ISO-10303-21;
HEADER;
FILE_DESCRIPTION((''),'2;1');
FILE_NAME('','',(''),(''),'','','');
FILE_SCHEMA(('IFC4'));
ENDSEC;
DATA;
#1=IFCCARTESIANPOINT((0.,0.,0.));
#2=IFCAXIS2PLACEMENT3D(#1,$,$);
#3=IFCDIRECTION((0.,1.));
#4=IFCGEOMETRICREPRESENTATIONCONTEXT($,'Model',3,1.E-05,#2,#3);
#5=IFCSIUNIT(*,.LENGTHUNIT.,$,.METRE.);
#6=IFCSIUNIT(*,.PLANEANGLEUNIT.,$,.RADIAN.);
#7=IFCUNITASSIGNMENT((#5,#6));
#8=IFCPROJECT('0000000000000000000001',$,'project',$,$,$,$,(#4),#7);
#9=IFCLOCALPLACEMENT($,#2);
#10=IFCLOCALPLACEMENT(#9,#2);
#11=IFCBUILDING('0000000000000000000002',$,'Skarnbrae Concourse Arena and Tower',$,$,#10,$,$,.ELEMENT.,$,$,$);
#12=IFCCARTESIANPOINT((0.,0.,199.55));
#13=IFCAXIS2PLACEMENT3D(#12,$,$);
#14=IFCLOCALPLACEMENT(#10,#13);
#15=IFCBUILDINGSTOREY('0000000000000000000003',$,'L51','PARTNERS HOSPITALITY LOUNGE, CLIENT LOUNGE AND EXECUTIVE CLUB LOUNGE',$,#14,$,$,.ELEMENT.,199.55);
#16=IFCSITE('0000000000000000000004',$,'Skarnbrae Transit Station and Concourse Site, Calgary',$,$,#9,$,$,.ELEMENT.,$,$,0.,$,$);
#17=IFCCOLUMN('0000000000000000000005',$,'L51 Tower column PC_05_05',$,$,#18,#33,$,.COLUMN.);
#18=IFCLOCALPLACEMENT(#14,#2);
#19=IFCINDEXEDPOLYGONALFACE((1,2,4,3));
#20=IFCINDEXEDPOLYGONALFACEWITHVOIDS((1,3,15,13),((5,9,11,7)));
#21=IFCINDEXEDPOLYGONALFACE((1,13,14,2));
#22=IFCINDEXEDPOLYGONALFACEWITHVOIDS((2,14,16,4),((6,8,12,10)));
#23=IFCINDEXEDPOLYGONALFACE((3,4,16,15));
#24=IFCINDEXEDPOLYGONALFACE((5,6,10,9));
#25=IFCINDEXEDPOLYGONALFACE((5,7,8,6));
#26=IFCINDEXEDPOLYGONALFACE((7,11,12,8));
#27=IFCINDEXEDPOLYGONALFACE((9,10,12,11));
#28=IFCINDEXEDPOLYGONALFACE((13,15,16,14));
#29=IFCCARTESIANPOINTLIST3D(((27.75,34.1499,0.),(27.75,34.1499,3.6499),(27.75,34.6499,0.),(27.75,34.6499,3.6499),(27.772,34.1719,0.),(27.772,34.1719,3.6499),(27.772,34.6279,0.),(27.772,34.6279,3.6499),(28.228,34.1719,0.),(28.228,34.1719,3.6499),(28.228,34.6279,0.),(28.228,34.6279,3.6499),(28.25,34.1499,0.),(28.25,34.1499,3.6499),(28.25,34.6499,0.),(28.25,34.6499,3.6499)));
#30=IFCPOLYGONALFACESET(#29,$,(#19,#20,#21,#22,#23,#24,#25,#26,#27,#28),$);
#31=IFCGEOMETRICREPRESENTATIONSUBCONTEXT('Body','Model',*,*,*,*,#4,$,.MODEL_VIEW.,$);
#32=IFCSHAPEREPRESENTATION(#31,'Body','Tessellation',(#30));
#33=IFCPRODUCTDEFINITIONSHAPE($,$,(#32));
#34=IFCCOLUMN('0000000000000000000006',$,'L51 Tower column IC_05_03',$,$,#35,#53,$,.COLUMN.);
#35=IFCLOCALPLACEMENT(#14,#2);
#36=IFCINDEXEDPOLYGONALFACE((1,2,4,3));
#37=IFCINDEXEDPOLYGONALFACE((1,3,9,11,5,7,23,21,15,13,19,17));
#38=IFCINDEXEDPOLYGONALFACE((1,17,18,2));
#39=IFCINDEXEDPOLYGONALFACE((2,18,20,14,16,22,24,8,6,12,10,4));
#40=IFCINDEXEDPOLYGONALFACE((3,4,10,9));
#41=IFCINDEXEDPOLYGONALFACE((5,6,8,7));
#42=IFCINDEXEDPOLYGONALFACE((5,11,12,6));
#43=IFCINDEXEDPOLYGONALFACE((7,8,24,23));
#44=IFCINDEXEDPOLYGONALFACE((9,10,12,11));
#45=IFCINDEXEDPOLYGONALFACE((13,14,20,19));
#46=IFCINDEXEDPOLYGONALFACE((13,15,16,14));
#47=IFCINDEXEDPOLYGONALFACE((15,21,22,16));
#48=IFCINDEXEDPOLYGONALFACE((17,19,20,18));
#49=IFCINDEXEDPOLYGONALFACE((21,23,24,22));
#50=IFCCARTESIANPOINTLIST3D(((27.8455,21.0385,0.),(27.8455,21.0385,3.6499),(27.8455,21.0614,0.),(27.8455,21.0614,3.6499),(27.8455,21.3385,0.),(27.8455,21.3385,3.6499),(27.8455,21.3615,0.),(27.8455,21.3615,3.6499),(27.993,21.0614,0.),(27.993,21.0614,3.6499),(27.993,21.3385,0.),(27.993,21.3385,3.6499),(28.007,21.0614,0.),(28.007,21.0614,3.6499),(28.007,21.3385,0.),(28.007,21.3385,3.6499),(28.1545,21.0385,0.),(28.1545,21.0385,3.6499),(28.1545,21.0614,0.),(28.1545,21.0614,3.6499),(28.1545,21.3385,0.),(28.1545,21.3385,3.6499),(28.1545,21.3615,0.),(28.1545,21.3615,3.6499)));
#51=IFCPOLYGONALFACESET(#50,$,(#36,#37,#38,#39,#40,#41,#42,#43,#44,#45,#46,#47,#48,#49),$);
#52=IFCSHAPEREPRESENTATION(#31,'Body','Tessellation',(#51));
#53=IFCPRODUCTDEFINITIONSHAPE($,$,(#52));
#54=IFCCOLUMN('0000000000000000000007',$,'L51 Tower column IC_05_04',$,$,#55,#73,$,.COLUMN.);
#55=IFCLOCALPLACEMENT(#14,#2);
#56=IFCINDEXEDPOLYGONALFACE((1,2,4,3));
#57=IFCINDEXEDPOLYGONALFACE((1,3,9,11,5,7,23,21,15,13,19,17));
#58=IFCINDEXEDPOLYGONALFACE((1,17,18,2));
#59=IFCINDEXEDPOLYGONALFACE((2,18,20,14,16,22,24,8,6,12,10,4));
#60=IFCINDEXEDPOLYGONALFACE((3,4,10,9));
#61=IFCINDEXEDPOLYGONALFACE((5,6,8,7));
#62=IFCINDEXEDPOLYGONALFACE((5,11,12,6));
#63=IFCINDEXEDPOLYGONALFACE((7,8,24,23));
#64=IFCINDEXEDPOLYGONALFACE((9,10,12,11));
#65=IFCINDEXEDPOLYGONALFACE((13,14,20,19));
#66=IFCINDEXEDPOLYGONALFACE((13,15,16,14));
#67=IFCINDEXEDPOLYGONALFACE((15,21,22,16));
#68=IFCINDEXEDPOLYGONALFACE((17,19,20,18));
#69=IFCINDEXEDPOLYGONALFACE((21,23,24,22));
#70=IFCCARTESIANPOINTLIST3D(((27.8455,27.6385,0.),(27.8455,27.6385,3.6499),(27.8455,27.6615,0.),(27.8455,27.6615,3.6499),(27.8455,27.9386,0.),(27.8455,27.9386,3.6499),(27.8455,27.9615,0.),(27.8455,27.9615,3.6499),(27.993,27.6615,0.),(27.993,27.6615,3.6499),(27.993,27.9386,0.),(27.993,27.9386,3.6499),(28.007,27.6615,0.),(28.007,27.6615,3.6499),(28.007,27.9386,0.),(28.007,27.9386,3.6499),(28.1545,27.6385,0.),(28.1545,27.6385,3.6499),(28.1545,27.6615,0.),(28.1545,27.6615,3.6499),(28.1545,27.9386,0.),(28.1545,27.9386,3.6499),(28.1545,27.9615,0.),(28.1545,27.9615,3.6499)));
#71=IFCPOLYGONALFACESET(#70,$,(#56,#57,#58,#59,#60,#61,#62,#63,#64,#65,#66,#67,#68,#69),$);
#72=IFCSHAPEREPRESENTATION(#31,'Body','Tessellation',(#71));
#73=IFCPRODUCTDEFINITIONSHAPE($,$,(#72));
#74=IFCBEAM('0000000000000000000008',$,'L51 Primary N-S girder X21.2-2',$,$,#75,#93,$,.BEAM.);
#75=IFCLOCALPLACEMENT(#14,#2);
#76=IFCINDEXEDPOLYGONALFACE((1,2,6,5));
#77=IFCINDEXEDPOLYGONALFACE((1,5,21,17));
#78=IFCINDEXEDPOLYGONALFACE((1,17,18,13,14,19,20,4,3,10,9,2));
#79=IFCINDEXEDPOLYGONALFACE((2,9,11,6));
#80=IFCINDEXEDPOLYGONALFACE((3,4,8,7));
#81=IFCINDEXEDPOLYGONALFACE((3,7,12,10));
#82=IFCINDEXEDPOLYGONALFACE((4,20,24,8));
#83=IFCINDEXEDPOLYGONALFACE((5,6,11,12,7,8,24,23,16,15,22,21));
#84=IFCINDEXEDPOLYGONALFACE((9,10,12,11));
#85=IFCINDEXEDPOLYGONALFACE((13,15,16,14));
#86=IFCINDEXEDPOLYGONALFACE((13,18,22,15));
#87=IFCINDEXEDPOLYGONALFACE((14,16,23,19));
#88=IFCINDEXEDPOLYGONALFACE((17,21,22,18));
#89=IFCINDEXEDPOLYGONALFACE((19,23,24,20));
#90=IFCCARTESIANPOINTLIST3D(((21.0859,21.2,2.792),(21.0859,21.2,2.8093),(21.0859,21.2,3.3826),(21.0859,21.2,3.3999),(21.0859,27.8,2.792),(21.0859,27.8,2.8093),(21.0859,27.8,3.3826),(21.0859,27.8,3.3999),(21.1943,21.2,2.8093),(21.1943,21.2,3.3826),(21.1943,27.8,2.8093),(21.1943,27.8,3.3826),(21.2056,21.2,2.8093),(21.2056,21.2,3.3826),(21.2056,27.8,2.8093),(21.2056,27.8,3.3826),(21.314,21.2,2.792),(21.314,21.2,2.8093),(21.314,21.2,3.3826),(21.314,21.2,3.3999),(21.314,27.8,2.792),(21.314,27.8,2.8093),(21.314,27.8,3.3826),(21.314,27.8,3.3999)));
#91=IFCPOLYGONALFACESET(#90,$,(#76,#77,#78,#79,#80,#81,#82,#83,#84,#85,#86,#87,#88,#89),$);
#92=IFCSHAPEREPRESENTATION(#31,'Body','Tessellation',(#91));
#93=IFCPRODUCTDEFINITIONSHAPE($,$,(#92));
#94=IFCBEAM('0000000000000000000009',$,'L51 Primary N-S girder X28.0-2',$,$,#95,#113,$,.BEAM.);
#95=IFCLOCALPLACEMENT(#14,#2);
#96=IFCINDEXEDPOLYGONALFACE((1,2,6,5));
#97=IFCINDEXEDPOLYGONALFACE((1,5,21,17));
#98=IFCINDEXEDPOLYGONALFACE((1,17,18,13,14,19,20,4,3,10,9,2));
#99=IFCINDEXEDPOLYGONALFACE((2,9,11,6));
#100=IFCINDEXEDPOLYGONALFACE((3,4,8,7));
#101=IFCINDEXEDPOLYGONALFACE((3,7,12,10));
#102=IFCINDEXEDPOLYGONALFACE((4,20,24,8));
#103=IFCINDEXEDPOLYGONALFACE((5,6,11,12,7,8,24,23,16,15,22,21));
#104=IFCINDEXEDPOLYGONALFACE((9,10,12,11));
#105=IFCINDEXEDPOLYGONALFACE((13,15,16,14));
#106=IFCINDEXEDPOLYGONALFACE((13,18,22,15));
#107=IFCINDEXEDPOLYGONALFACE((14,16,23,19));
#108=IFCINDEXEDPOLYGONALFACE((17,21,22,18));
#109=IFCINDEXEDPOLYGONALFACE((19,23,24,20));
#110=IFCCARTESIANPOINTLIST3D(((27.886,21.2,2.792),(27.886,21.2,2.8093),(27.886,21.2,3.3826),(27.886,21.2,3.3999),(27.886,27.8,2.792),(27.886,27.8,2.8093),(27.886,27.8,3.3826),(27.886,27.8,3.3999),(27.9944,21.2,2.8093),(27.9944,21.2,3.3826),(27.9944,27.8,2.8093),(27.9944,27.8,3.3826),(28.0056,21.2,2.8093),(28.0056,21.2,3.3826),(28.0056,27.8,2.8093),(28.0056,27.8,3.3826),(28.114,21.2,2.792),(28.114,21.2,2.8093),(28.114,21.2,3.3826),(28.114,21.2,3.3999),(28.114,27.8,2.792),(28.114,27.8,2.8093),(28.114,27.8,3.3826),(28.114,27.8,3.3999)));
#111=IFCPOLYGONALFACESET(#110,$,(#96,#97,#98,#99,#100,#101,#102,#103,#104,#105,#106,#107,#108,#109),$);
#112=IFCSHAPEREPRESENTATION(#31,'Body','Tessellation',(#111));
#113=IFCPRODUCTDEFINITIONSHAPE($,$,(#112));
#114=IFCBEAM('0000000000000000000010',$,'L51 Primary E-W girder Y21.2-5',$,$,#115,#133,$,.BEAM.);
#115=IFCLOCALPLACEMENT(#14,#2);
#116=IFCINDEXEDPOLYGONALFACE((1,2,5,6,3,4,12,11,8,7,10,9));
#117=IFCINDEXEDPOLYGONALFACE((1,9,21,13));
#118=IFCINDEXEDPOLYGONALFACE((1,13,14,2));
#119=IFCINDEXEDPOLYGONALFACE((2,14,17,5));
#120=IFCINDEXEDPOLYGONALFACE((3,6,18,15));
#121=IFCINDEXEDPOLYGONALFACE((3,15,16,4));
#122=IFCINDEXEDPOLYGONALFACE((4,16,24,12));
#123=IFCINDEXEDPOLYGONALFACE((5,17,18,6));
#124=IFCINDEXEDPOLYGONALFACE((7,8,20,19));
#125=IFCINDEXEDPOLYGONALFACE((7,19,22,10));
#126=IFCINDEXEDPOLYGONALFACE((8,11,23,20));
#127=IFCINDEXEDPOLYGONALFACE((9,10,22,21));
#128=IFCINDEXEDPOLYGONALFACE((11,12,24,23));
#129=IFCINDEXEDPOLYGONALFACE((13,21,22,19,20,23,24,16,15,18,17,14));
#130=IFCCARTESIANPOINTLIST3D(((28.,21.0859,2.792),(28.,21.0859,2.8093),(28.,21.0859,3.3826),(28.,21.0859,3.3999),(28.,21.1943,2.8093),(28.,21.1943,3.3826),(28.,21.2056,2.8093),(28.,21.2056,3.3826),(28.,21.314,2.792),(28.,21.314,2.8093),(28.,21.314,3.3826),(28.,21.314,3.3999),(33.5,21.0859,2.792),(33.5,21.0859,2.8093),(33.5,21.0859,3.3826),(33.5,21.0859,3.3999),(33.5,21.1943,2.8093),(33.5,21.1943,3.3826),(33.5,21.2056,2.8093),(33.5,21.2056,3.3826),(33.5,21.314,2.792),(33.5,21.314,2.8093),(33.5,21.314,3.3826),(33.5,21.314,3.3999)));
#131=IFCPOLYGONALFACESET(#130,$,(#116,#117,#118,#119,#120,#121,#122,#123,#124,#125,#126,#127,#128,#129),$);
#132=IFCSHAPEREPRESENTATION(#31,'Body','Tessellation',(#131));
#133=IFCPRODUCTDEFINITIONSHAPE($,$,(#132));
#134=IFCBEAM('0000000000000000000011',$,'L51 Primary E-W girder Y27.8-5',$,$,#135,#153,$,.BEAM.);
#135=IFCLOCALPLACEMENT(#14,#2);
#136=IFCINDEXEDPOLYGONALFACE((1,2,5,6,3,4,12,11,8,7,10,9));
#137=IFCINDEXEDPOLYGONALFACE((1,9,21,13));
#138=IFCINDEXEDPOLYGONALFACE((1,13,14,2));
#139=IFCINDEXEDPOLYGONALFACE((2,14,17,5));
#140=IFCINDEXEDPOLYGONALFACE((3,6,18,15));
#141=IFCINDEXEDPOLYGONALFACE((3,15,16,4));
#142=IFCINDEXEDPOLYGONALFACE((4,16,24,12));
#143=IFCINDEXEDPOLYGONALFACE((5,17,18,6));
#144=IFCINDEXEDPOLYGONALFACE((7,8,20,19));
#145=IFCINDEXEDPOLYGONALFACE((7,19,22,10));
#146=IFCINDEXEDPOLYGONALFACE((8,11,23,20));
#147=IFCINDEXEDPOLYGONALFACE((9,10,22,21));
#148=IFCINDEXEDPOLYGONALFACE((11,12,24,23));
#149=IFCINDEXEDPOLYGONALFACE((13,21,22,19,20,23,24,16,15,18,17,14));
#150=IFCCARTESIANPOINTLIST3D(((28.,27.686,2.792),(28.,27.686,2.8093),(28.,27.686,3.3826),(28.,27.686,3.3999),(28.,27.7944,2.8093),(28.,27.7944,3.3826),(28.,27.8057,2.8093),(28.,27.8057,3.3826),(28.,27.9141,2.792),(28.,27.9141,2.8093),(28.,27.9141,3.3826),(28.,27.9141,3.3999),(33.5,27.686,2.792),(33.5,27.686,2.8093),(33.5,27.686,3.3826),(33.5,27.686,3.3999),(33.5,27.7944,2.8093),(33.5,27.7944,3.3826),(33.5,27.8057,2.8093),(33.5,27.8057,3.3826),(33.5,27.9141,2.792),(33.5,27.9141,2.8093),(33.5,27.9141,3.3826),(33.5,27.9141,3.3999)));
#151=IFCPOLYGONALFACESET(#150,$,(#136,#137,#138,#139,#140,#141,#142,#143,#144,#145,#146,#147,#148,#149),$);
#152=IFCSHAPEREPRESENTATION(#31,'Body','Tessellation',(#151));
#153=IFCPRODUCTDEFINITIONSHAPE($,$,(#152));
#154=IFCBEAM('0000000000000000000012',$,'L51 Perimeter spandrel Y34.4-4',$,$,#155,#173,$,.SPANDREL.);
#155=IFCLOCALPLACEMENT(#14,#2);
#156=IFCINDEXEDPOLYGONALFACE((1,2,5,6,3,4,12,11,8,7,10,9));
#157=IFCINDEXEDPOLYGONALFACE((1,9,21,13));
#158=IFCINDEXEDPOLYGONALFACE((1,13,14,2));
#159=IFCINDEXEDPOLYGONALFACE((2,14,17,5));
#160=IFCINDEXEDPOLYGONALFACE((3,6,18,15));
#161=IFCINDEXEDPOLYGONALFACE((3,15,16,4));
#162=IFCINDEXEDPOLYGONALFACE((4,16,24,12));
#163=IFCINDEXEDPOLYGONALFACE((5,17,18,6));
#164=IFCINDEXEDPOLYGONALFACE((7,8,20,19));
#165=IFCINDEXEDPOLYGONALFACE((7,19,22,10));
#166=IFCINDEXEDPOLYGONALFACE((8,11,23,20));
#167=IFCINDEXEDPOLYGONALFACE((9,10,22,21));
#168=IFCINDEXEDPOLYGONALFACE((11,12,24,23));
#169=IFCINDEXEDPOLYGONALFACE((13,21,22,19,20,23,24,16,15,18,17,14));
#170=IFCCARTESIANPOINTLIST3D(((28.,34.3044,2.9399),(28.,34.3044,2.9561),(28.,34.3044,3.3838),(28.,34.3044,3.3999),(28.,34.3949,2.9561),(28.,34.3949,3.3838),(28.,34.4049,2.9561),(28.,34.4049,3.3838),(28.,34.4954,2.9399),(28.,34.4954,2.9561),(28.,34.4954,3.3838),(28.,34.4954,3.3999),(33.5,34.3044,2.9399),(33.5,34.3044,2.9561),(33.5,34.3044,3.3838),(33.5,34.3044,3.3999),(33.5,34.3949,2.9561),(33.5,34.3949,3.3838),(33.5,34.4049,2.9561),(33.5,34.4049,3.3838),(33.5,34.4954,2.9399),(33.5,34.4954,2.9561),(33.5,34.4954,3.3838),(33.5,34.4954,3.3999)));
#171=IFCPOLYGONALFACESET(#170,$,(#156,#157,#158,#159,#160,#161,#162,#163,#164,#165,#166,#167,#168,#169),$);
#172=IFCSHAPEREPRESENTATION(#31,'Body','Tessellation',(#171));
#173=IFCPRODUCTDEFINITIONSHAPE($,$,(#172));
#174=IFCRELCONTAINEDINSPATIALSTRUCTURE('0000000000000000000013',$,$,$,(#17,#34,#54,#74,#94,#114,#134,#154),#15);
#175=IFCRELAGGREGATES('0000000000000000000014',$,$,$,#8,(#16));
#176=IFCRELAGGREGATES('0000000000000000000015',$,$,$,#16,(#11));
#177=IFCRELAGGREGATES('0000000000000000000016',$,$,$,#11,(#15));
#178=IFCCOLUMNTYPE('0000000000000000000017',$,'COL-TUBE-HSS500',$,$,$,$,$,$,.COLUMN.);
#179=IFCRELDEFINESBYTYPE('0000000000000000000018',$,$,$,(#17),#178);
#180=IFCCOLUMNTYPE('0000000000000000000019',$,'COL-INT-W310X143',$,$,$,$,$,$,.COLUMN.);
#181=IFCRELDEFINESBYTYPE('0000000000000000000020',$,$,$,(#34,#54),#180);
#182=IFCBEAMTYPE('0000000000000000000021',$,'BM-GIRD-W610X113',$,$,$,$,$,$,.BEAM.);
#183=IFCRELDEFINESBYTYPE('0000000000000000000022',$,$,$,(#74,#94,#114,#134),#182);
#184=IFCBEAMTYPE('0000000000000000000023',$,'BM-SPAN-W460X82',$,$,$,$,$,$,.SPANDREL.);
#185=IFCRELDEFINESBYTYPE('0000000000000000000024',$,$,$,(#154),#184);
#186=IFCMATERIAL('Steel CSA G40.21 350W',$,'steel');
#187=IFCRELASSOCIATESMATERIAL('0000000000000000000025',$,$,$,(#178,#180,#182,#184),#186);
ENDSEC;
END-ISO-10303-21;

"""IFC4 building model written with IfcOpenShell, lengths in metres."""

from ifc_helpers import new_model, si_unit, direction, frame, origin, origin_2d, place, context, subcontext, project, spatial, hollow_rectangle, i_section, extrude, source, transform, mapped, material, material_profile, profile_set, type_object, element, save


model = new_model("IFC4")

# Units and contexts
model_context = context("Model", 3, precision=1e-05, world=origin(), true_north=direction((0.0, 1.0)))
body_context = subcontext(model_context, "Body", "Model", "MODEL_VIEW")
ifc_project = project(units=[si_unit("LENGTHUNIT", "METRE"), si_unit("PLANEANGLEUNIT", "RADIAN")], contexts=[model_context])

# Site, building, storey
site_placement = place(None, origin())
site = spatial("IfcSite", under=ifc_project, at=site_placement, Name="Skarnbrae Transit Station and Concourse Site, Calgary", CompositionType="ELEMENT", RefElevation=0.0)
building_placement = place(site_placement, origin())
building = spatial("IfcBuilding", under=site, at=building_placement, Name="Skarnbrae Concourse Arena and Tower", CompositionType="ELEMENT")
storey_placement = place(building_placement, frame((0.0, 0.0, 199.55)))
storey = spatial("IfcBuildingStorey", under=building, at=storey_placement, Name="L51", Description="PARTNERS HOSPITALITY LOUNGE, CLIENT LOUNGE AND EXECUTIVE CLUB LOUNGE", CompositionType="ELEMENT", Elevation=199.55)

# Columns
ifc_material_1 = material(Name="Steel CSA G40.21 350W", Category="steel")
ifc_material_profile_1 = material_profile(ifc_material_1, hollow_rectangle(XDim=0.5, YDim=0.5, WallThickness=0.022, at=origin_2d()), Name="HSS500X500X22.0")
ifc_profile_set_1 = profile_set([ifc_material_profile_1], Name="Steel CSA G40.21 350W")
column_type_1 = type_object("IfcColumnType", Name="COL-TUBE-HSS500", PredefinedType="COLUMN", material=ifc_profile_set_1)
shared_shape_1 = source(origin(), body_context, "Body", "SweptSolid", [
    extrude(hollow_rectangle(XDim=0.5, YDim=0.5, WallThickness=0.022, at=origin_2d()), origin(), (0.0, 0.0, 1.0), 3.6499),
])
column_placement = place(storey_placement, frame((28.0, 34.3999, 0.0), z_axis=(0.0, 0.0, 1.0), x_axis=(1.0, 0.0, 0.0)))
element("IfcColumn", 1, at=column_placement, inside=storey, type_object=column_type_1, Name="L51 Tower column PC_05_05", PredefinedType="COLUMN", context=body_context, shape_type="MappedRepresentation", body=[
    mapped(shared_shape_1, transform((0.0, 0.0, 0.0))),
])
ifc_material_profile_2 = material_profile(ifc_material_1, i_section(OverallWidth=0.3091, OverallDepth=0.323, WebThickness=0.0139, FlangeThickness=0.0229, at=origin_2d()), Name="W310X143")
ifc_profile_set_2 = profile_set([ifc_material_profile_2], Name="Steel CSA G40.21 350W")
column_type_2 = type_object("IfcColumnType", Name="COL-INT-W310X143", PredefinedType="COLUMN", material=ifc_profile_set_2)
shared_shape_2 = source(origin(), body_context, "Body", "SweptSolid", [
    extrude(i_section(OverallWidth=0.3091, OverallDepth=0.323, WebThickness=0.0139, FlangeThickness=0.0229, at=origin_2d()), origin(), (0.0, 0.0, 1.0), 3.6499),
])
for number, where, z_axis, x_axis, name in (
    (2, (28.0, 21.2, 0.0), (0.0, 0.0, 1.0), (1.0, 0.0, 0.0), "L51 Tower column IC_05_03"),
    (3, (28.0, 27.8, 0.0), (0.0, 0.0, 1.0), (1.0, 0.0, 0.0), "L51 Tower column IC_05_04"),
):
    element("IfcColumn", number, at=place(storey_placement, frame(where, z_axis=z_axis, x_axis=x_axis)), inside=storey, type_object=column_type_2, Name=name, PredefinedType="COLUMN", context=body_context, shape_type="MappedRepresentation", body=[
        mapped(shared_shape_2, transform((0.0, 0.0, 0.0))),
    ])

# Beams
ifc_material_profile_3 = material_profile(ifc_material_1, i_section(OverallWidth=0.228, OverallDepth=0.6079, WebThickness=0.0112, FlangeThickness=0.0173, at=origin_2d()), Name="W610X113")
ifc_profile_set_3 = profile_set([ifc_material_profile_3], Name="Steel CSA G40.21 350W")
beam_type_1 = type_object("IfcBeamType", Name="BM-GIRD-W610X113", PredefinedType="BEAM", material=ifc_profile_set_3)
shared_shape_3 = source(origin(), body_context, "Body", "SweptSolid", [
    extrude(i_section(OverallWidth=0.228, OverallDepth=0.6079, WebThickness=0.0112, FlangeThickness=0.0173, at=origin_2d()), origin(), (0.0, 0.0, 1.0), 6.6001),
])
for number, where, z_axis, x_axis, name in (
    (4, (21.2, 21.2, 3.0959), (0.0, 1.0, 0.0), (-1.0, 0.0, 0.0), "L51 Primary N-S girder X21.2-2"),
    (5, (28.0, 21.2, 3.0959), (0.0, 1.0, 0.0), (-1.0, 0.0, 0.0), "L51 Primary N-S girder X28.0-2"),
):
    element("IfcBeam", number, at=place(storey_placement, frame(where, z_axis=z_axis, x_axis=x_axis)), inside=storey, type_object=beam_type_1, Name=name, PredefinedType="BEAM", context=body_context, shape_type="MappedRepresentation", body=[
        mapped(shared_shape_3, transform((0.0, 0.0, 0.0))),
    ])
shared_shape_4 = source(origin(), body_context, "Body", "SweptSolid", [
    extrude(i_section(OverallWidth=0.228, OverallDepth=0.6079, WebThickness=0.0112, FlangeThickness=0.0173, at=origin_2d()), origin(), (0.0, 0.0, 1.0), 5.5),
])
for number, where, z_axis, x_axis, name in (
    (6, (28.0, 21.2, 3.0959), (1.0, 0.0, 0.0), (0.0, 1.0, 0.0), "L51 Primary E-W girder Y21.2-5"),
    (7, (28.0, 27.8, 3.0959), (1.0, 0.0, 0.0), (0.0, 1.0, 0.0), "L51 Primary E-W girder Y27.8-5"),
):
    element("IfcBeam", number, at=place(storey_placement, frame(where, z_axis=z_axis, x_axis=x_axis)), inside=storey, type_object=beam_type_1, Name=name, PredefinedType="BEAM", context=body_context, shape_type="MappedRepresentation", body=[
        mapped(shared_shape_4, transform((0.0, 0.0, 0.0))),
    ])
ifc_material_profile_4 = material_profile(ifc_material_1, i_section(OverallWidth=0.1909, OverallDepth=0.46, WebThickness=0.01, FlangeThickness=0.0161, at=origin_2d()), Name="W460X82")
ifc_profile_set_4 = profile_set([ifc_material_profile_4], Name="Steel CSA G40.21 350W")
beam_type_2 = type_object("IfcBeamType", Name="BM-SPAN-W460X82", PredefinedType="SPANDREL", material=ifc_profile_set_4)
shared_shape_5 = source(origin(), body_context, "Body", "SweptSolid", [
    extrude(i_section(OverallWidth=0.1909, OverallDepth=0.46, WebThickness=0.01, FlangeThickness=0.0161, at=origin_2d()), origin(), (0.0, 0.0, 1.0), 5.5),
])
beam_placement = place(storey_placement, frame((28.0, 34.3999, 3.1699), z_axis=(1.0, 0.0, 0.0), x_axis=(0.0, 1.0, 0.0)))
element("IfcBeam", 8, at=beam_placement, inside=storey, type_object=beam_type_2, Name="L51 Perimeter spandrel Y34.4-4", PredefinedType="SPANDREL", context=body_context, shape_type="MappedRepresentation", body=[
    mapped(shared_shape_5, transform((0.0, 0.0, 0.0))),
])

save(model, "model.ifc")
